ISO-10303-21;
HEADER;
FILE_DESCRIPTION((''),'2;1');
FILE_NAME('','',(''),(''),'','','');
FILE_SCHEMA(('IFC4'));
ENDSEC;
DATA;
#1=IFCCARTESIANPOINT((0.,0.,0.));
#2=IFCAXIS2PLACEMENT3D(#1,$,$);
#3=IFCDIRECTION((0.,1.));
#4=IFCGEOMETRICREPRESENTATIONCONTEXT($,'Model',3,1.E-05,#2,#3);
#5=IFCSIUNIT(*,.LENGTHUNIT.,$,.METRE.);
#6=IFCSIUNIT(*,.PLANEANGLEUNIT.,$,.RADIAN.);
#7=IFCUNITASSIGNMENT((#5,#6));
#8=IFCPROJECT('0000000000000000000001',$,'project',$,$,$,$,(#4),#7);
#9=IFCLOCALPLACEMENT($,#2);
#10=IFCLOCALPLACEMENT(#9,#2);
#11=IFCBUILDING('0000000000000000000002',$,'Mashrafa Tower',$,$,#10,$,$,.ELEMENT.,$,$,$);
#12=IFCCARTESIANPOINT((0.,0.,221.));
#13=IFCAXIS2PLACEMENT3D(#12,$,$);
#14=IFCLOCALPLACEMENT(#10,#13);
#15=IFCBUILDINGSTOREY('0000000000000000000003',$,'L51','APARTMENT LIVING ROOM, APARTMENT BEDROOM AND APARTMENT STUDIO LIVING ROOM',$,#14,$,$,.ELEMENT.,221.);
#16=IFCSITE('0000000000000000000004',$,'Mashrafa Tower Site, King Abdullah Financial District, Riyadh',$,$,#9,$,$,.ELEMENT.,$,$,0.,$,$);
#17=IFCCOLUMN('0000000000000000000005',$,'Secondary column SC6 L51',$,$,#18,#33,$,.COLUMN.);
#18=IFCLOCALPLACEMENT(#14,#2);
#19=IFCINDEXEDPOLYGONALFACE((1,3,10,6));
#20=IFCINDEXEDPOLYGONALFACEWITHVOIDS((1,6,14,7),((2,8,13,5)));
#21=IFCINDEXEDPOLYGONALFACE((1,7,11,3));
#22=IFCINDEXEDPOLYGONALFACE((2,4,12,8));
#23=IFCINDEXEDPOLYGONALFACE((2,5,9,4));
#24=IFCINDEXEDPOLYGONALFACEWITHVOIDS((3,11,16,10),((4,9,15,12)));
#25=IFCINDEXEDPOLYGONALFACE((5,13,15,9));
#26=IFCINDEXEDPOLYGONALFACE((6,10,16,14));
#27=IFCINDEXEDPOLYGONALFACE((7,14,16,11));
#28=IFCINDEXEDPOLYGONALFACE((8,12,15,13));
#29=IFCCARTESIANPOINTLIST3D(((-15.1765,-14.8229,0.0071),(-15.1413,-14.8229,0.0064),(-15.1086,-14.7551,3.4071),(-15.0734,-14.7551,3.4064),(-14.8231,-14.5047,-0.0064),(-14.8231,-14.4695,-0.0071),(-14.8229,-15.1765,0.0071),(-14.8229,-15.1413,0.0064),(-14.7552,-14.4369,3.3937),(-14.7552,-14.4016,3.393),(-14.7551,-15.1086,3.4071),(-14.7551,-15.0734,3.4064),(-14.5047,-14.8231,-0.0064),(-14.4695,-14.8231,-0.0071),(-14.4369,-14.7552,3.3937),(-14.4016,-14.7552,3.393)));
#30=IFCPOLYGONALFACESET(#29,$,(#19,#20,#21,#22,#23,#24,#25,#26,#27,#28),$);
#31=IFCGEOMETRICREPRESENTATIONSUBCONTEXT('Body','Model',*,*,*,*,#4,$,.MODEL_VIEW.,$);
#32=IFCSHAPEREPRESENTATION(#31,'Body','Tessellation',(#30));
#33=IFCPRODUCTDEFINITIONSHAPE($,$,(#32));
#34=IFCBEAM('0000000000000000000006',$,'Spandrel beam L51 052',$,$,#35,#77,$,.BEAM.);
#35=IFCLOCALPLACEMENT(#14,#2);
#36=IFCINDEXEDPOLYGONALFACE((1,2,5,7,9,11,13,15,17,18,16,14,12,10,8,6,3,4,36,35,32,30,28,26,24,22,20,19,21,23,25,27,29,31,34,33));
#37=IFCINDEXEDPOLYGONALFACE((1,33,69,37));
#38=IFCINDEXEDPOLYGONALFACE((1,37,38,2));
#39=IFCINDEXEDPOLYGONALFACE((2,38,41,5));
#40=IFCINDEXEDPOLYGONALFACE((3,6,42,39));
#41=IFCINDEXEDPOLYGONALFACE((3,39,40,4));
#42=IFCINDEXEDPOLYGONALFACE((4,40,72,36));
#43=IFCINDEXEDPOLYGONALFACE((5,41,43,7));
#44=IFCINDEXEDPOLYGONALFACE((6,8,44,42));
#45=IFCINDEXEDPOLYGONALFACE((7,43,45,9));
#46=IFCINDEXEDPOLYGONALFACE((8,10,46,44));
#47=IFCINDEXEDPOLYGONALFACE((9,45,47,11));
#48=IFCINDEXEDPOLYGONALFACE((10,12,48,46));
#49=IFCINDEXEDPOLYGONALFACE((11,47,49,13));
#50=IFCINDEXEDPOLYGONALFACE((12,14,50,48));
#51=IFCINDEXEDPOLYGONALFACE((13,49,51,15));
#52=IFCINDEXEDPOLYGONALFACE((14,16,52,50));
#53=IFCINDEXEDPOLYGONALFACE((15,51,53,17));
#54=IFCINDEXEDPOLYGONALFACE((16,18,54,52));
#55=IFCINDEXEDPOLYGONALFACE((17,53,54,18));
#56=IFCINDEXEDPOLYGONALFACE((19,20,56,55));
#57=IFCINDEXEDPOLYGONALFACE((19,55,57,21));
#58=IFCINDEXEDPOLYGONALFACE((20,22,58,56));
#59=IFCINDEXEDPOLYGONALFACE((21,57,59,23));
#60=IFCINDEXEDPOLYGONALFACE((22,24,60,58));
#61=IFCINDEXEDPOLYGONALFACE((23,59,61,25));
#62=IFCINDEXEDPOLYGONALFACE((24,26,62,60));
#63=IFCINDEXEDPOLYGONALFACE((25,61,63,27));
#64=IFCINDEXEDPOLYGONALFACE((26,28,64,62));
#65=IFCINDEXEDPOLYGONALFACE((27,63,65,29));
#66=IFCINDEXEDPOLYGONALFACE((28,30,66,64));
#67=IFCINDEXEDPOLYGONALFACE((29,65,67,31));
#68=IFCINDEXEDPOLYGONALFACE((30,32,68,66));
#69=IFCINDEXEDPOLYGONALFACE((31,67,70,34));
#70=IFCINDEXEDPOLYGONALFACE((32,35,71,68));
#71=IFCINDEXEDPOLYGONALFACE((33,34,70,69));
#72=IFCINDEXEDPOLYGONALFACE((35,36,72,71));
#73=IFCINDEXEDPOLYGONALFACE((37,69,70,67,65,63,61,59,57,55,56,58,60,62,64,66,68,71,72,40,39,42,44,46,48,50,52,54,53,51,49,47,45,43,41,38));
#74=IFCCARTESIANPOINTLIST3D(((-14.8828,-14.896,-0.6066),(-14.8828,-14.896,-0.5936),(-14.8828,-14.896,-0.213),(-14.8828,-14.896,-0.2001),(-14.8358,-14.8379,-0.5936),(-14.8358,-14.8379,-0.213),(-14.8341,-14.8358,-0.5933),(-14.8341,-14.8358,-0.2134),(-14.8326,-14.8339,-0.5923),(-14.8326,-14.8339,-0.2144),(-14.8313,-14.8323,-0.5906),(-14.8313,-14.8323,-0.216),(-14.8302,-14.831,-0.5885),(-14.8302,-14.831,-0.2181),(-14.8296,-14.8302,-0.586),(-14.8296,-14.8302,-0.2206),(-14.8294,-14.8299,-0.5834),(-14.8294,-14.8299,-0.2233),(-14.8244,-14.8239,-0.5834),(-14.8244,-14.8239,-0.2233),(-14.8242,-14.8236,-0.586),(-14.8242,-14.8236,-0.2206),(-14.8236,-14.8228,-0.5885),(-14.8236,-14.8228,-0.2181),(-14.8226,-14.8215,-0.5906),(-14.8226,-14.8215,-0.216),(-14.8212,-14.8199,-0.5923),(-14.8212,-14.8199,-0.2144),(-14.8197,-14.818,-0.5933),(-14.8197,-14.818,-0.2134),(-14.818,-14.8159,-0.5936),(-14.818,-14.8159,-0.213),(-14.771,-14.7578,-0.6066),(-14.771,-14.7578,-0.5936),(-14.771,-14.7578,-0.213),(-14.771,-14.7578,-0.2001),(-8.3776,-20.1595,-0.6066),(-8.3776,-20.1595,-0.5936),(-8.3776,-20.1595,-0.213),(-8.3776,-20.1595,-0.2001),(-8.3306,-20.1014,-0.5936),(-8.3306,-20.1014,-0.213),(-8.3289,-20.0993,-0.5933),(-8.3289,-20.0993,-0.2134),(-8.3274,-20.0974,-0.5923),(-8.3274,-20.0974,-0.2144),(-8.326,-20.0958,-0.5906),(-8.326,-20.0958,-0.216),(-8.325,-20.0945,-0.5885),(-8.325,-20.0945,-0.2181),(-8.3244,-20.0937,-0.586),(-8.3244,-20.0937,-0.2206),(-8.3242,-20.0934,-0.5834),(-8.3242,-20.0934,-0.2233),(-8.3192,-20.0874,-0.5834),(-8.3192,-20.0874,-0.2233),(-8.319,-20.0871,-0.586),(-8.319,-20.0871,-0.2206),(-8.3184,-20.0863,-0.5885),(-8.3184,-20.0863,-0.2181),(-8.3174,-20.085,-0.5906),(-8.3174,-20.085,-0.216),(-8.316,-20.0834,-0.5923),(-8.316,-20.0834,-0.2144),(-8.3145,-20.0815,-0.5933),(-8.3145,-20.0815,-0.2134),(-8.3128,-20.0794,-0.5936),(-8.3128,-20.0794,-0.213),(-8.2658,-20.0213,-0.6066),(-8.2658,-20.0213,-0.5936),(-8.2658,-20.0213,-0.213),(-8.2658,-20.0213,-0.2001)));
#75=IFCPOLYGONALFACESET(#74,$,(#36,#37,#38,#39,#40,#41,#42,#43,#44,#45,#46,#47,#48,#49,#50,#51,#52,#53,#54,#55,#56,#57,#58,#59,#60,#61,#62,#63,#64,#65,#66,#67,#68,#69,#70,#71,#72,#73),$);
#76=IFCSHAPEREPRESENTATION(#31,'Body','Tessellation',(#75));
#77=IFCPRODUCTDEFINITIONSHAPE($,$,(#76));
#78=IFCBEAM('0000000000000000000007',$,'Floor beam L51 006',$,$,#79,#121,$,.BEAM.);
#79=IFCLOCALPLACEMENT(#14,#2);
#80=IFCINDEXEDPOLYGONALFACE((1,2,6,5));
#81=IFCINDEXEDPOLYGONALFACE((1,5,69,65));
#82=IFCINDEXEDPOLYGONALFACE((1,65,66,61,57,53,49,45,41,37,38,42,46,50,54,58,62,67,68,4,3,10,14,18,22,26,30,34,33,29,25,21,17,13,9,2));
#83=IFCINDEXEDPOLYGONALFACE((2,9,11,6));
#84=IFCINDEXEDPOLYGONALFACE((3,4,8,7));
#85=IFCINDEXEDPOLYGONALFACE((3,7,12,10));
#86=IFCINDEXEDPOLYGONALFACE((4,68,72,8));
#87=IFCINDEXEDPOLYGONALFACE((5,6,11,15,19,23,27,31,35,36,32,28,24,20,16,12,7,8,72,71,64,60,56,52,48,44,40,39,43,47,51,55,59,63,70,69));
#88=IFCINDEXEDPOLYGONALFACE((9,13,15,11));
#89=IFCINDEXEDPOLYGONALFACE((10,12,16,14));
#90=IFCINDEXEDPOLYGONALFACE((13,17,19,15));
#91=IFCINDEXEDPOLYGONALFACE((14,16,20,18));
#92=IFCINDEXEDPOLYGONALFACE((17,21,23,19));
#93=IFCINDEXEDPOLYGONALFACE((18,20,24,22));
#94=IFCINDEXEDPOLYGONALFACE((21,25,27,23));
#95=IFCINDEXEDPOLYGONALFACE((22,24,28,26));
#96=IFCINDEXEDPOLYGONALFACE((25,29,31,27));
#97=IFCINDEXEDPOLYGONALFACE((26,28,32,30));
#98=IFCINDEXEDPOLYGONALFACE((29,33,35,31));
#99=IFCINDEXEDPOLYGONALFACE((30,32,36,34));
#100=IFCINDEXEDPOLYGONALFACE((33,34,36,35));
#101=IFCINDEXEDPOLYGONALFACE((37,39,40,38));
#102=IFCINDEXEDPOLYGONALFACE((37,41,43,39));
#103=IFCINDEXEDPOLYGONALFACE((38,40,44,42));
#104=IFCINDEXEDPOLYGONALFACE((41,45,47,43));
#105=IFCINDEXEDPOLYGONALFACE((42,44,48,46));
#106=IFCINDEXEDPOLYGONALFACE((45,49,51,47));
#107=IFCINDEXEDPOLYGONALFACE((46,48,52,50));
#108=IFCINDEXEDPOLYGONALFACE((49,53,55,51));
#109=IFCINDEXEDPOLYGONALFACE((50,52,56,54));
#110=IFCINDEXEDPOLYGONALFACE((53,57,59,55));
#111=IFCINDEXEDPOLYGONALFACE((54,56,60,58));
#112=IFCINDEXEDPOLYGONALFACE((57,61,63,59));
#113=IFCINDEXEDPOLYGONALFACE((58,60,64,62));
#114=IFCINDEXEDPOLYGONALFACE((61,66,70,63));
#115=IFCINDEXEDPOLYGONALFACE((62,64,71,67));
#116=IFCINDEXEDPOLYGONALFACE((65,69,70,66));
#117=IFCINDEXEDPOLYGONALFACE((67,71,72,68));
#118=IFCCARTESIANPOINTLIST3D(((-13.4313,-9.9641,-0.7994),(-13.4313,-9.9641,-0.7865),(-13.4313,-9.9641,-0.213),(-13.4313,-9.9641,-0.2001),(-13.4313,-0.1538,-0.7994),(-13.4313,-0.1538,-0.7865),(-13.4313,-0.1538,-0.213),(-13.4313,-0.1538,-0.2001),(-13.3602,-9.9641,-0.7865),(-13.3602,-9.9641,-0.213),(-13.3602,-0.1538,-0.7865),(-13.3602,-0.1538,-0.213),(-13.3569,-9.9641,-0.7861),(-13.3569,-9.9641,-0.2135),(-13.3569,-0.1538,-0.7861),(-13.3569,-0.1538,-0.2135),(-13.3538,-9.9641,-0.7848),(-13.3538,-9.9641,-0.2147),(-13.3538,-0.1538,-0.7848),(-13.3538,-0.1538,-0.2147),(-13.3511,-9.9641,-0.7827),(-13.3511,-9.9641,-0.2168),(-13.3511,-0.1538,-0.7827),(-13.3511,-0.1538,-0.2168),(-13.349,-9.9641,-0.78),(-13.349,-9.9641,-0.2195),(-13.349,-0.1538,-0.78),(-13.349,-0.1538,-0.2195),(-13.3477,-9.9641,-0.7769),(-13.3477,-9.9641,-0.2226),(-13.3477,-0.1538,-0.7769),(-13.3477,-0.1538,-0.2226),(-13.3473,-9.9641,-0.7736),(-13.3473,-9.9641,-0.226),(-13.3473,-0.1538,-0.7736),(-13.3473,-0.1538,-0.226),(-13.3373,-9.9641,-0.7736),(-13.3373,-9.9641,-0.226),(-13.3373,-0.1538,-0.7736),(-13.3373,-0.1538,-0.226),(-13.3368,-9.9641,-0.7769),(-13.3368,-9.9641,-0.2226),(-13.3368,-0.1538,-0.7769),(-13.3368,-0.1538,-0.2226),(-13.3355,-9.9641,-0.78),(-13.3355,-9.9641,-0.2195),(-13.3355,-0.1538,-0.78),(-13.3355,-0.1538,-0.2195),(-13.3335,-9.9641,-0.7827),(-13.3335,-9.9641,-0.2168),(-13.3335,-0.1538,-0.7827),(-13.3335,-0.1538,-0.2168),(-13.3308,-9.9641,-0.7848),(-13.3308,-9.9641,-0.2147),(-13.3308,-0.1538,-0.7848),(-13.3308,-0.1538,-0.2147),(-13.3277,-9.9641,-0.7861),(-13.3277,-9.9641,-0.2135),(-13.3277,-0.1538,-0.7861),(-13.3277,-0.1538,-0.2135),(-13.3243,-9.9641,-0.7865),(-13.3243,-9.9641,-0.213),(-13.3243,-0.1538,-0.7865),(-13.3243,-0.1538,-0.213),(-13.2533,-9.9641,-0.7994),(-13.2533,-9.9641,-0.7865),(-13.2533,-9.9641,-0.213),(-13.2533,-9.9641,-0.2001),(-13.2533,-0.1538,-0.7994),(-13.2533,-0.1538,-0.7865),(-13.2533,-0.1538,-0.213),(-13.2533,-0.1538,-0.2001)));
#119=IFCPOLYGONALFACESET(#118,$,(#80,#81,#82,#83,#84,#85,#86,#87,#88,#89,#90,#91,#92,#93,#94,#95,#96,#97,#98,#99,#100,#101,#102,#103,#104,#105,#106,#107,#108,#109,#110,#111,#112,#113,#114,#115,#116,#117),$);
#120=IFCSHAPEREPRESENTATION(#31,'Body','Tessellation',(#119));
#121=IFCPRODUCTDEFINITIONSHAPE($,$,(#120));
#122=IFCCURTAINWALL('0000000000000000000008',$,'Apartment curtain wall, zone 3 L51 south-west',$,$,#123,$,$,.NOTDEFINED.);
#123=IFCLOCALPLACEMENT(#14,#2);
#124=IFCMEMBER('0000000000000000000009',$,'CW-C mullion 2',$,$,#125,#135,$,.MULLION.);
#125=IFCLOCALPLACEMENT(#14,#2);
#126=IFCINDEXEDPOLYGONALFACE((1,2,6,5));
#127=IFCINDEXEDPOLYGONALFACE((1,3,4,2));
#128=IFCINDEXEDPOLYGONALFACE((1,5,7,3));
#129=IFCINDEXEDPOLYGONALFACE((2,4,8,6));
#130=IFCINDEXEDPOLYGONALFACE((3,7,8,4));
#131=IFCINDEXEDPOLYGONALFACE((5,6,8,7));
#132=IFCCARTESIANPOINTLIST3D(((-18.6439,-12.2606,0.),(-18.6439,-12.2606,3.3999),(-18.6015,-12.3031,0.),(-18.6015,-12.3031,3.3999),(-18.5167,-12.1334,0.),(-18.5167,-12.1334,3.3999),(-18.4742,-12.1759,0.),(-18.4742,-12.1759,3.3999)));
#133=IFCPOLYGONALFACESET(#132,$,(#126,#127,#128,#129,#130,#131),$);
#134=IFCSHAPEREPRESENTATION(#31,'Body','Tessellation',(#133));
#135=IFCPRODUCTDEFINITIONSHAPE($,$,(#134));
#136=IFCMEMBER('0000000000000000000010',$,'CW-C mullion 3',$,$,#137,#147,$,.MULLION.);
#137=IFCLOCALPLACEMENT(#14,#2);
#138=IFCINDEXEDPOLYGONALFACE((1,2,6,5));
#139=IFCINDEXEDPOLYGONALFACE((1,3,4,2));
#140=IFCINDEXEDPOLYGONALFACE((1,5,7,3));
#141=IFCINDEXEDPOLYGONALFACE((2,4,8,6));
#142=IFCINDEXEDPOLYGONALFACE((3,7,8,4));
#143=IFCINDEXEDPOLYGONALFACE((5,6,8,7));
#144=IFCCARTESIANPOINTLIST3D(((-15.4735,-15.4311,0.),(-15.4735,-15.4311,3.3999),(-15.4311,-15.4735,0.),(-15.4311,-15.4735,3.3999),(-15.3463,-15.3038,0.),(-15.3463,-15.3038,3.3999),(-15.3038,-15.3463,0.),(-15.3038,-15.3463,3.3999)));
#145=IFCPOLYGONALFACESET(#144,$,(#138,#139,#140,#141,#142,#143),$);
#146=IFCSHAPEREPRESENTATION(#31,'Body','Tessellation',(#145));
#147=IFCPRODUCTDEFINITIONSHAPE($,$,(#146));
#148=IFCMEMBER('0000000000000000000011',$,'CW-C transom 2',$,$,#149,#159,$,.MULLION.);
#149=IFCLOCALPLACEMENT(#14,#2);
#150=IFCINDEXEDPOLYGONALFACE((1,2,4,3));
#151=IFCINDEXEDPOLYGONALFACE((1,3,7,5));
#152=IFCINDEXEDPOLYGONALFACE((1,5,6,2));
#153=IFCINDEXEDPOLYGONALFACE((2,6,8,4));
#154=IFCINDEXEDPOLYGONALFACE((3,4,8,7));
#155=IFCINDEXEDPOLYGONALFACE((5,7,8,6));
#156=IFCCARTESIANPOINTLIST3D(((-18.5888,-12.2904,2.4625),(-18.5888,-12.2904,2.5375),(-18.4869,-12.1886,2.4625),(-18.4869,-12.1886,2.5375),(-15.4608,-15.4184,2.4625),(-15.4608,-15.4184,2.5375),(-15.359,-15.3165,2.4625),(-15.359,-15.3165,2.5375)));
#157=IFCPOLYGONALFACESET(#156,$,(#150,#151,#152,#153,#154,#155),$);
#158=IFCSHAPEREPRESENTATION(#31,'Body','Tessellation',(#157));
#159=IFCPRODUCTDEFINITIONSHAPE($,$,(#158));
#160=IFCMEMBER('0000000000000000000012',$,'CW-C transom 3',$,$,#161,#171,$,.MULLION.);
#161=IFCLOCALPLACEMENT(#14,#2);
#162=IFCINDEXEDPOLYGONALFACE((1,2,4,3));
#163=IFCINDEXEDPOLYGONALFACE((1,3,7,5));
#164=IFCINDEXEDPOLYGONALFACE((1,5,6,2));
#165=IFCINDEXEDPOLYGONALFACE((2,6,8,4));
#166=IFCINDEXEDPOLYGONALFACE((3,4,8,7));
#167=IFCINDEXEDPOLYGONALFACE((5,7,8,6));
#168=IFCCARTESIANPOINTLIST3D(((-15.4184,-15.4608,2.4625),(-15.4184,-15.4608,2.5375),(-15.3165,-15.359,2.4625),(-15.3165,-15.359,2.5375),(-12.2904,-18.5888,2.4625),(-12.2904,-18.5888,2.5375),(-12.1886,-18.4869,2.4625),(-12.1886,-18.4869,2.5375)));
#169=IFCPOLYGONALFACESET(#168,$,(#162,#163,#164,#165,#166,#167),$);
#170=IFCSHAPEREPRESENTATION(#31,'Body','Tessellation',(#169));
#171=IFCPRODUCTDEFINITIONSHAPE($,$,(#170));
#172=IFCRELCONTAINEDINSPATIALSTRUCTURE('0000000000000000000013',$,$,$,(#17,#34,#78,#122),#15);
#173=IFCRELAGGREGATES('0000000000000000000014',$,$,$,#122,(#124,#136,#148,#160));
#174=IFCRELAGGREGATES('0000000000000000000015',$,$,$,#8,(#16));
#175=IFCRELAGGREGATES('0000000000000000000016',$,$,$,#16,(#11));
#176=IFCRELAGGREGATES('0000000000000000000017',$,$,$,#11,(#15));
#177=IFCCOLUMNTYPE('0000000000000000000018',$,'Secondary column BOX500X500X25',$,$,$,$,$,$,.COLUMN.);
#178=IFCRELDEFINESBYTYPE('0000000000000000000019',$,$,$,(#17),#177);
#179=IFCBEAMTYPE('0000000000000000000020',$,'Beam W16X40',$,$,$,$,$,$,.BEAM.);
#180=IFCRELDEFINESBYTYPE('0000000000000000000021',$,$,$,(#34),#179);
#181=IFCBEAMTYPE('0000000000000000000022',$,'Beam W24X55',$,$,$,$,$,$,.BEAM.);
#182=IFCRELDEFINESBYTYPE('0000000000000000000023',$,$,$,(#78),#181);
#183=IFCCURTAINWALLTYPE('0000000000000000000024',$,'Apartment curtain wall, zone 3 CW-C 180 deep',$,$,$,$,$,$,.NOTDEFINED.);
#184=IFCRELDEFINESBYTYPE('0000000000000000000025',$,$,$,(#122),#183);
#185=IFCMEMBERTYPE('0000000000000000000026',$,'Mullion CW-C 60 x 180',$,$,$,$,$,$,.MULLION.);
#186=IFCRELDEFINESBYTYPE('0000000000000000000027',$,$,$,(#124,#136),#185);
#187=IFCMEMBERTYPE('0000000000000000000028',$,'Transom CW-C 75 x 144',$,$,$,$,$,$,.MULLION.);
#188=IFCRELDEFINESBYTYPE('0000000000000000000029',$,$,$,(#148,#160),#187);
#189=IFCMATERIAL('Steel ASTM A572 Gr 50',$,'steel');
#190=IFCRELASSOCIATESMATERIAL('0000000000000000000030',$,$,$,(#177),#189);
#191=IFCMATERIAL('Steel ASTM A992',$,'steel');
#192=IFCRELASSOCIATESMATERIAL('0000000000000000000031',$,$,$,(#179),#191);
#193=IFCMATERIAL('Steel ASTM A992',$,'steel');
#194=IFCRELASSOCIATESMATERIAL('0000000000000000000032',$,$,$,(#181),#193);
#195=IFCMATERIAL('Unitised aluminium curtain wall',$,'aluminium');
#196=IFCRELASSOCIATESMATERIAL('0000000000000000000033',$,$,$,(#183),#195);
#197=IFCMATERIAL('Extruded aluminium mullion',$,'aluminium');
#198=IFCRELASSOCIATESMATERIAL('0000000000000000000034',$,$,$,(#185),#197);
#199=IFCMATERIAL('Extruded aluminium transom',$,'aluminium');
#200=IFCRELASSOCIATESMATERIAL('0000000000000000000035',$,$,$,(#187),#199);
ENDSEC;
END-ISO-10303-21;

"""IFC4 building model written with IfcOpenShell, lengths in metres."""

from ifc_helpers import new_model, si_unit, direction, frame, origin, origin_2d, place, context, subcontext, project, spatial, rectangle, hollow_rectangle, i_section, extrude, source, transform, mapped, material, material_profile, profile_set, type_object, type_shapes, element, aggregate, save


model = new_model("IFC4")

# Units and contexts
model_context = context("Model", 3, precision=1e-05, world=origin(), true_north=direction((0.0, 1.0)))
body_context = subcontext(model_context, "Body", "Model", "MODEL_VIEW")
ifc_project = project(units=[si_unit("LENGTHUNIT", "METRE"), si_unit("PLANEANGLEUNIT", "RADIAN")], contexts=[model_context])

# Site, building, storey
site_placement = place(None, origin())
site = spatial("IfcSite", under=ifc_project, at=site_placement, Name="Mashrafa Tower Site, King Abdullah Financial District, Riyadh", CompositionType="ELEMENT", RefElevation=0.0)
building_placement = place(site_placement, origin())
building = spatial("IfcBuilding", under=site, at=building_placement, Name="Mashrafa Tower", CompositionType="ELEMENT")
storey_placement = place(building_placement, frame((0.0, 0.0, 221.0)))
storey = spatial("IfcBuildingStorey", under=building, at=storey_placement, Name="L51", Description="APARTMENT LIVING ROOM, APARTMENT BEDROOM AND APARTMENT STUDIO LIVING ROOM", CompositionType="ELEMENT", Elevation=221.0)

# Column
ifc_material_1 = material(Name="Steel ASTM A572 Gr 50", Category="steel")
ifc_material_profile_1 = material_profile(ifc_material_1, hollow_rectangle(XDim=0.5, YDim=0.5, WallThickness=0.0249, at=origin_2d()), Name="BOX500X500X25")
ifc_profile_set_1 = profile_set([ifc_material_profile_1], Name="Steel ASTM A572 Gr 50")
column_type = type_object("IfcColumnType", Name="Secondary column BOX500X500X25", PredefinedType="COLUMN", material=ifc_profile_set_1)
column_placement = place(storey_placement, frame((-14.823, -14.823, 0.0), z_axis=(0.019955, 0.019955, 0.999602), x_axis=(-0.707107, 0.707107, 0.0)))
element("IfcColumn", 1, at=column_placement, inside=storey, type_object=column_type, Name="Secondary column SC6 L51", PredefinedType="COLUMN", context=body_context, shape_type="SweptSolid", body=[
    extrude(hollow_rectangle(XDim=0.5, YDim=0.5, WallThickness=0.0249, at=origin_2d()), origin(), (0.0, 0.0, 1.0), 3.4014),
])

# Beams
ifc_material_2 = material(Name="Steel ASTM A992", Category="steel")
ifc_material_profile_2 = material_profile(ifc_material_2, i_section(OverallWidth=0.1777, OverallDepth=0.4065, WebThickness=0.0078, FlangeThickness=0.0129, FilletRadius=0.0103, at=origin_2d()), Name="W16X40")
ifc_profile_set_2 = profile_set([ifc_material_profile_2], Name="Steel ASTM A992")
beam_type_1 = type_object("IfcBeamType", Name="Beam W16X40", PredefinedType="BEAM", material=ifc_profile_set_2)
beam_1_placement = place(storey_placement, frame((-14.8269, -14.8269, -0.4033), z_axis=(0.777398, -0.629009, 0.0), x_axis=(0.629009, 0.777398, 0.0)))
element("IfcBeam", 2, at=beam_1_placement, inside=storey, type_object=beam_type_1, Name="Spandrel beam L51 052", PredefinedType="BEAM", context=body_context, shape_type="SweptSolid", body=[
    extrude(i_section(OverallWidth=0.1777, OverallDepth=0.4065, WebThickness=0.0078, FlangeThickness=0.0129, FilletRadius=0.0103, at=origin_2d()), origin(), (0.0, 0.0, 1.0), 8.3679),
])
ifc_material_3 = material(Name="Steel ASTM A992", Category="steel")
ifc_material_profile_3 = material_profile(ifc_material_3, i_section(OverallWidth=0.178, OverallDepth=0.5994, WebThickness=0.01, FlangeThickness=0.0129, FilletRadius=0.0129, at=origin_2d()), Name="W24X55")
ifc_profile_set_3 = profile_set([ifc_material_profile_3], Name="Steel ASTM A992")
beam_type_2 = type_object("IfcBeamType", Name="Beam W24X55", PredefinedType="BEAM", material=ifc_profile_set_3)
beam_2_placement = place(storey_placement, frame((-13.3423, -9.9641, -0.4998), z_axis=(0.0, 1.0, 0.0), x_axis=(-1.0, 0.0, 0.0)))
element("IfcBeam", 3, at=beam_2_placement, inside=storey, type_object=beam_type_2, Name="Floor beam L51 006", PredefinedType="BEAM", context=body_context, shape_type="SweptSolid", body=[
    extrude(i_section(OverallWidth=0.178, OverallDepth=0.5994, WebThickness=0.01, FlangeThickness=0.0129, FilletRadius=0.0129, at=origin_2d()), origin(), (0.0, 0.0, 1.0), 9.8103),
])

# Curtain wall, members
ifc_material_4 = material(Name="Unitised aluminium curtain wall", Category="aluminium")
curtain_wall_type = type_object("IfcCurtainWallType", Name="Apartment curtain wall, zone 3 CW-C 180 deep", PredefinedType="NOTDEFINED", material=ifc_material_4)
curtain_wall_placement = place(storey_placement, origin())
curtain_wall = element("IfcCurtainWall", 4, at=curtain_wall_placement, inside=storey, type_object=curtain_wall_type, Name="Apartment curtain wall, zone 3 L51 south-west", PredefinedType="NOTDEFINED")
ifc_material_5 = material(Name="Extruded aluminium mullion", Category="aluminium")
ifc_material_profile_4 = material_profile(ifc_material_5, rectangle(XDim=0.1799, YDim=0.0601, at=origin_2d()), Name="Mullion 60x180")
ifc_profile_set_4 = profile_set([ifc_material_profile_4], Name="Extruded aluminium mullion")
member_type_1 = type_object("IfcMemberType", Name="Mullion CW-C 60 x 180", PredefinedType="MULLION", material=ifc_profile_set_4)
shared_shape_1 = source(origin(), body_context, "Body", "SweptSolid", [
    extrude(rectangle(XDim=0.1799, YDim=0.0601, at=origin_2d()), origin(), (0.0, 0.0, 1.0), 3.3999),
])
type_shapes(member_type_1, [shared_shape_1])
member_1_placement = place(storey_placement, frame((-18.5591, -12.2183, 0.0), z_axis=(0.0, 0.0, 1.0), x_axis=(0.707107, 0.707107, 0.0)))
member_1 = element("IfcMember", 5, at=member_1_placement, type_object=member_type_1, Name="CW-C mullion 2", PredefinedType="MULLION", context=body_context, shape_type="MappedRepresentation", body=[
    mapped(shared_shape_1, transform((0.0, 0.0, 0.0))),
])
member_2_placement = place(storey_placement, frame((-15.3887, -15.3887, 0.0), z_axis=(0.0, 0.0, 1.0), x_axis=(0.707107, 0.707107, 0.0)))
member_2 = element("IfcMember", 6, at=member_2_placement, type_object=member_type_1, Name="CW-C mullion 3", PredefinedType="MULLION", context=body_context, shape_type="MappedRepresentation", body=[
    mapped(shared_shape_1, transform((0.0, 0.0, 0.0))),
])
ifc_material_6 = material(Name="Extruded aluminium transom", Category="aluminium")
ifc_material_profile_5 = material_profile(ifc_material_6, rectangle(XDim=0.144, YDim=0.075, at=origin_2d()), Name="Transom 75x144")
ifc_profile_set_5 = profile_set([ifc_material_profile_5], Name="Extruded aluminium transom")
member_type_2 = type_object("IfcMemberType", Name="Transom CW-C 75 x 144", PredefinedType="MULLION", material=ifc_profile_set_5)
shared_shape_2 = source(origin(), body_context, "Body", "SweptSolid", [
    extrude(rectangle(XDim=0.144, YDim=0.075, at=origin_2d()), origin(), (0.0, 0.0, 1.0), 4.4236),
])
type_shapes(member_type_2, [shared_shape_2])
member_3_placement = place(storey_placement, frame((-18.5378, -12.2395, 2.5), z_axis=(0.707107, -0.707107, 0.0), x_axis=(0.707107, 0.707107, 0.0)))
member_3 = element("IfcMember", 7, at=member_3_placement, type_object=member_type_2, Name="CW-C transom 2", PredefinedType="MULLION", context=body_context, shape_type="MappedRepresentation", body=[
    mapped(shared_shape_2, transform((0.0, 0.0, 0.0))),
])
member_4_placement = place(storey_placement, frame((-15.3674, -15.4099, 2.5), z_axis=(0.707107, -0.707107, 0.0), x_axis=(0.707107, 0.707107, 0.0)))
member_4 = element("IfcMember", 8, at=member_4_placement, type_object=member_type_2, Name="CW-C transom 3", PredefinedType="MULLION", context=body_context, shape_type="MappedRepresentation", body=[
    mapped(shared_shape_2, transform((0.0, 0.0, 0.0))),
])
aggregate(curtain_wall, [member_1, member_2, member_3, member_4])

save(model, "model.ifc")
